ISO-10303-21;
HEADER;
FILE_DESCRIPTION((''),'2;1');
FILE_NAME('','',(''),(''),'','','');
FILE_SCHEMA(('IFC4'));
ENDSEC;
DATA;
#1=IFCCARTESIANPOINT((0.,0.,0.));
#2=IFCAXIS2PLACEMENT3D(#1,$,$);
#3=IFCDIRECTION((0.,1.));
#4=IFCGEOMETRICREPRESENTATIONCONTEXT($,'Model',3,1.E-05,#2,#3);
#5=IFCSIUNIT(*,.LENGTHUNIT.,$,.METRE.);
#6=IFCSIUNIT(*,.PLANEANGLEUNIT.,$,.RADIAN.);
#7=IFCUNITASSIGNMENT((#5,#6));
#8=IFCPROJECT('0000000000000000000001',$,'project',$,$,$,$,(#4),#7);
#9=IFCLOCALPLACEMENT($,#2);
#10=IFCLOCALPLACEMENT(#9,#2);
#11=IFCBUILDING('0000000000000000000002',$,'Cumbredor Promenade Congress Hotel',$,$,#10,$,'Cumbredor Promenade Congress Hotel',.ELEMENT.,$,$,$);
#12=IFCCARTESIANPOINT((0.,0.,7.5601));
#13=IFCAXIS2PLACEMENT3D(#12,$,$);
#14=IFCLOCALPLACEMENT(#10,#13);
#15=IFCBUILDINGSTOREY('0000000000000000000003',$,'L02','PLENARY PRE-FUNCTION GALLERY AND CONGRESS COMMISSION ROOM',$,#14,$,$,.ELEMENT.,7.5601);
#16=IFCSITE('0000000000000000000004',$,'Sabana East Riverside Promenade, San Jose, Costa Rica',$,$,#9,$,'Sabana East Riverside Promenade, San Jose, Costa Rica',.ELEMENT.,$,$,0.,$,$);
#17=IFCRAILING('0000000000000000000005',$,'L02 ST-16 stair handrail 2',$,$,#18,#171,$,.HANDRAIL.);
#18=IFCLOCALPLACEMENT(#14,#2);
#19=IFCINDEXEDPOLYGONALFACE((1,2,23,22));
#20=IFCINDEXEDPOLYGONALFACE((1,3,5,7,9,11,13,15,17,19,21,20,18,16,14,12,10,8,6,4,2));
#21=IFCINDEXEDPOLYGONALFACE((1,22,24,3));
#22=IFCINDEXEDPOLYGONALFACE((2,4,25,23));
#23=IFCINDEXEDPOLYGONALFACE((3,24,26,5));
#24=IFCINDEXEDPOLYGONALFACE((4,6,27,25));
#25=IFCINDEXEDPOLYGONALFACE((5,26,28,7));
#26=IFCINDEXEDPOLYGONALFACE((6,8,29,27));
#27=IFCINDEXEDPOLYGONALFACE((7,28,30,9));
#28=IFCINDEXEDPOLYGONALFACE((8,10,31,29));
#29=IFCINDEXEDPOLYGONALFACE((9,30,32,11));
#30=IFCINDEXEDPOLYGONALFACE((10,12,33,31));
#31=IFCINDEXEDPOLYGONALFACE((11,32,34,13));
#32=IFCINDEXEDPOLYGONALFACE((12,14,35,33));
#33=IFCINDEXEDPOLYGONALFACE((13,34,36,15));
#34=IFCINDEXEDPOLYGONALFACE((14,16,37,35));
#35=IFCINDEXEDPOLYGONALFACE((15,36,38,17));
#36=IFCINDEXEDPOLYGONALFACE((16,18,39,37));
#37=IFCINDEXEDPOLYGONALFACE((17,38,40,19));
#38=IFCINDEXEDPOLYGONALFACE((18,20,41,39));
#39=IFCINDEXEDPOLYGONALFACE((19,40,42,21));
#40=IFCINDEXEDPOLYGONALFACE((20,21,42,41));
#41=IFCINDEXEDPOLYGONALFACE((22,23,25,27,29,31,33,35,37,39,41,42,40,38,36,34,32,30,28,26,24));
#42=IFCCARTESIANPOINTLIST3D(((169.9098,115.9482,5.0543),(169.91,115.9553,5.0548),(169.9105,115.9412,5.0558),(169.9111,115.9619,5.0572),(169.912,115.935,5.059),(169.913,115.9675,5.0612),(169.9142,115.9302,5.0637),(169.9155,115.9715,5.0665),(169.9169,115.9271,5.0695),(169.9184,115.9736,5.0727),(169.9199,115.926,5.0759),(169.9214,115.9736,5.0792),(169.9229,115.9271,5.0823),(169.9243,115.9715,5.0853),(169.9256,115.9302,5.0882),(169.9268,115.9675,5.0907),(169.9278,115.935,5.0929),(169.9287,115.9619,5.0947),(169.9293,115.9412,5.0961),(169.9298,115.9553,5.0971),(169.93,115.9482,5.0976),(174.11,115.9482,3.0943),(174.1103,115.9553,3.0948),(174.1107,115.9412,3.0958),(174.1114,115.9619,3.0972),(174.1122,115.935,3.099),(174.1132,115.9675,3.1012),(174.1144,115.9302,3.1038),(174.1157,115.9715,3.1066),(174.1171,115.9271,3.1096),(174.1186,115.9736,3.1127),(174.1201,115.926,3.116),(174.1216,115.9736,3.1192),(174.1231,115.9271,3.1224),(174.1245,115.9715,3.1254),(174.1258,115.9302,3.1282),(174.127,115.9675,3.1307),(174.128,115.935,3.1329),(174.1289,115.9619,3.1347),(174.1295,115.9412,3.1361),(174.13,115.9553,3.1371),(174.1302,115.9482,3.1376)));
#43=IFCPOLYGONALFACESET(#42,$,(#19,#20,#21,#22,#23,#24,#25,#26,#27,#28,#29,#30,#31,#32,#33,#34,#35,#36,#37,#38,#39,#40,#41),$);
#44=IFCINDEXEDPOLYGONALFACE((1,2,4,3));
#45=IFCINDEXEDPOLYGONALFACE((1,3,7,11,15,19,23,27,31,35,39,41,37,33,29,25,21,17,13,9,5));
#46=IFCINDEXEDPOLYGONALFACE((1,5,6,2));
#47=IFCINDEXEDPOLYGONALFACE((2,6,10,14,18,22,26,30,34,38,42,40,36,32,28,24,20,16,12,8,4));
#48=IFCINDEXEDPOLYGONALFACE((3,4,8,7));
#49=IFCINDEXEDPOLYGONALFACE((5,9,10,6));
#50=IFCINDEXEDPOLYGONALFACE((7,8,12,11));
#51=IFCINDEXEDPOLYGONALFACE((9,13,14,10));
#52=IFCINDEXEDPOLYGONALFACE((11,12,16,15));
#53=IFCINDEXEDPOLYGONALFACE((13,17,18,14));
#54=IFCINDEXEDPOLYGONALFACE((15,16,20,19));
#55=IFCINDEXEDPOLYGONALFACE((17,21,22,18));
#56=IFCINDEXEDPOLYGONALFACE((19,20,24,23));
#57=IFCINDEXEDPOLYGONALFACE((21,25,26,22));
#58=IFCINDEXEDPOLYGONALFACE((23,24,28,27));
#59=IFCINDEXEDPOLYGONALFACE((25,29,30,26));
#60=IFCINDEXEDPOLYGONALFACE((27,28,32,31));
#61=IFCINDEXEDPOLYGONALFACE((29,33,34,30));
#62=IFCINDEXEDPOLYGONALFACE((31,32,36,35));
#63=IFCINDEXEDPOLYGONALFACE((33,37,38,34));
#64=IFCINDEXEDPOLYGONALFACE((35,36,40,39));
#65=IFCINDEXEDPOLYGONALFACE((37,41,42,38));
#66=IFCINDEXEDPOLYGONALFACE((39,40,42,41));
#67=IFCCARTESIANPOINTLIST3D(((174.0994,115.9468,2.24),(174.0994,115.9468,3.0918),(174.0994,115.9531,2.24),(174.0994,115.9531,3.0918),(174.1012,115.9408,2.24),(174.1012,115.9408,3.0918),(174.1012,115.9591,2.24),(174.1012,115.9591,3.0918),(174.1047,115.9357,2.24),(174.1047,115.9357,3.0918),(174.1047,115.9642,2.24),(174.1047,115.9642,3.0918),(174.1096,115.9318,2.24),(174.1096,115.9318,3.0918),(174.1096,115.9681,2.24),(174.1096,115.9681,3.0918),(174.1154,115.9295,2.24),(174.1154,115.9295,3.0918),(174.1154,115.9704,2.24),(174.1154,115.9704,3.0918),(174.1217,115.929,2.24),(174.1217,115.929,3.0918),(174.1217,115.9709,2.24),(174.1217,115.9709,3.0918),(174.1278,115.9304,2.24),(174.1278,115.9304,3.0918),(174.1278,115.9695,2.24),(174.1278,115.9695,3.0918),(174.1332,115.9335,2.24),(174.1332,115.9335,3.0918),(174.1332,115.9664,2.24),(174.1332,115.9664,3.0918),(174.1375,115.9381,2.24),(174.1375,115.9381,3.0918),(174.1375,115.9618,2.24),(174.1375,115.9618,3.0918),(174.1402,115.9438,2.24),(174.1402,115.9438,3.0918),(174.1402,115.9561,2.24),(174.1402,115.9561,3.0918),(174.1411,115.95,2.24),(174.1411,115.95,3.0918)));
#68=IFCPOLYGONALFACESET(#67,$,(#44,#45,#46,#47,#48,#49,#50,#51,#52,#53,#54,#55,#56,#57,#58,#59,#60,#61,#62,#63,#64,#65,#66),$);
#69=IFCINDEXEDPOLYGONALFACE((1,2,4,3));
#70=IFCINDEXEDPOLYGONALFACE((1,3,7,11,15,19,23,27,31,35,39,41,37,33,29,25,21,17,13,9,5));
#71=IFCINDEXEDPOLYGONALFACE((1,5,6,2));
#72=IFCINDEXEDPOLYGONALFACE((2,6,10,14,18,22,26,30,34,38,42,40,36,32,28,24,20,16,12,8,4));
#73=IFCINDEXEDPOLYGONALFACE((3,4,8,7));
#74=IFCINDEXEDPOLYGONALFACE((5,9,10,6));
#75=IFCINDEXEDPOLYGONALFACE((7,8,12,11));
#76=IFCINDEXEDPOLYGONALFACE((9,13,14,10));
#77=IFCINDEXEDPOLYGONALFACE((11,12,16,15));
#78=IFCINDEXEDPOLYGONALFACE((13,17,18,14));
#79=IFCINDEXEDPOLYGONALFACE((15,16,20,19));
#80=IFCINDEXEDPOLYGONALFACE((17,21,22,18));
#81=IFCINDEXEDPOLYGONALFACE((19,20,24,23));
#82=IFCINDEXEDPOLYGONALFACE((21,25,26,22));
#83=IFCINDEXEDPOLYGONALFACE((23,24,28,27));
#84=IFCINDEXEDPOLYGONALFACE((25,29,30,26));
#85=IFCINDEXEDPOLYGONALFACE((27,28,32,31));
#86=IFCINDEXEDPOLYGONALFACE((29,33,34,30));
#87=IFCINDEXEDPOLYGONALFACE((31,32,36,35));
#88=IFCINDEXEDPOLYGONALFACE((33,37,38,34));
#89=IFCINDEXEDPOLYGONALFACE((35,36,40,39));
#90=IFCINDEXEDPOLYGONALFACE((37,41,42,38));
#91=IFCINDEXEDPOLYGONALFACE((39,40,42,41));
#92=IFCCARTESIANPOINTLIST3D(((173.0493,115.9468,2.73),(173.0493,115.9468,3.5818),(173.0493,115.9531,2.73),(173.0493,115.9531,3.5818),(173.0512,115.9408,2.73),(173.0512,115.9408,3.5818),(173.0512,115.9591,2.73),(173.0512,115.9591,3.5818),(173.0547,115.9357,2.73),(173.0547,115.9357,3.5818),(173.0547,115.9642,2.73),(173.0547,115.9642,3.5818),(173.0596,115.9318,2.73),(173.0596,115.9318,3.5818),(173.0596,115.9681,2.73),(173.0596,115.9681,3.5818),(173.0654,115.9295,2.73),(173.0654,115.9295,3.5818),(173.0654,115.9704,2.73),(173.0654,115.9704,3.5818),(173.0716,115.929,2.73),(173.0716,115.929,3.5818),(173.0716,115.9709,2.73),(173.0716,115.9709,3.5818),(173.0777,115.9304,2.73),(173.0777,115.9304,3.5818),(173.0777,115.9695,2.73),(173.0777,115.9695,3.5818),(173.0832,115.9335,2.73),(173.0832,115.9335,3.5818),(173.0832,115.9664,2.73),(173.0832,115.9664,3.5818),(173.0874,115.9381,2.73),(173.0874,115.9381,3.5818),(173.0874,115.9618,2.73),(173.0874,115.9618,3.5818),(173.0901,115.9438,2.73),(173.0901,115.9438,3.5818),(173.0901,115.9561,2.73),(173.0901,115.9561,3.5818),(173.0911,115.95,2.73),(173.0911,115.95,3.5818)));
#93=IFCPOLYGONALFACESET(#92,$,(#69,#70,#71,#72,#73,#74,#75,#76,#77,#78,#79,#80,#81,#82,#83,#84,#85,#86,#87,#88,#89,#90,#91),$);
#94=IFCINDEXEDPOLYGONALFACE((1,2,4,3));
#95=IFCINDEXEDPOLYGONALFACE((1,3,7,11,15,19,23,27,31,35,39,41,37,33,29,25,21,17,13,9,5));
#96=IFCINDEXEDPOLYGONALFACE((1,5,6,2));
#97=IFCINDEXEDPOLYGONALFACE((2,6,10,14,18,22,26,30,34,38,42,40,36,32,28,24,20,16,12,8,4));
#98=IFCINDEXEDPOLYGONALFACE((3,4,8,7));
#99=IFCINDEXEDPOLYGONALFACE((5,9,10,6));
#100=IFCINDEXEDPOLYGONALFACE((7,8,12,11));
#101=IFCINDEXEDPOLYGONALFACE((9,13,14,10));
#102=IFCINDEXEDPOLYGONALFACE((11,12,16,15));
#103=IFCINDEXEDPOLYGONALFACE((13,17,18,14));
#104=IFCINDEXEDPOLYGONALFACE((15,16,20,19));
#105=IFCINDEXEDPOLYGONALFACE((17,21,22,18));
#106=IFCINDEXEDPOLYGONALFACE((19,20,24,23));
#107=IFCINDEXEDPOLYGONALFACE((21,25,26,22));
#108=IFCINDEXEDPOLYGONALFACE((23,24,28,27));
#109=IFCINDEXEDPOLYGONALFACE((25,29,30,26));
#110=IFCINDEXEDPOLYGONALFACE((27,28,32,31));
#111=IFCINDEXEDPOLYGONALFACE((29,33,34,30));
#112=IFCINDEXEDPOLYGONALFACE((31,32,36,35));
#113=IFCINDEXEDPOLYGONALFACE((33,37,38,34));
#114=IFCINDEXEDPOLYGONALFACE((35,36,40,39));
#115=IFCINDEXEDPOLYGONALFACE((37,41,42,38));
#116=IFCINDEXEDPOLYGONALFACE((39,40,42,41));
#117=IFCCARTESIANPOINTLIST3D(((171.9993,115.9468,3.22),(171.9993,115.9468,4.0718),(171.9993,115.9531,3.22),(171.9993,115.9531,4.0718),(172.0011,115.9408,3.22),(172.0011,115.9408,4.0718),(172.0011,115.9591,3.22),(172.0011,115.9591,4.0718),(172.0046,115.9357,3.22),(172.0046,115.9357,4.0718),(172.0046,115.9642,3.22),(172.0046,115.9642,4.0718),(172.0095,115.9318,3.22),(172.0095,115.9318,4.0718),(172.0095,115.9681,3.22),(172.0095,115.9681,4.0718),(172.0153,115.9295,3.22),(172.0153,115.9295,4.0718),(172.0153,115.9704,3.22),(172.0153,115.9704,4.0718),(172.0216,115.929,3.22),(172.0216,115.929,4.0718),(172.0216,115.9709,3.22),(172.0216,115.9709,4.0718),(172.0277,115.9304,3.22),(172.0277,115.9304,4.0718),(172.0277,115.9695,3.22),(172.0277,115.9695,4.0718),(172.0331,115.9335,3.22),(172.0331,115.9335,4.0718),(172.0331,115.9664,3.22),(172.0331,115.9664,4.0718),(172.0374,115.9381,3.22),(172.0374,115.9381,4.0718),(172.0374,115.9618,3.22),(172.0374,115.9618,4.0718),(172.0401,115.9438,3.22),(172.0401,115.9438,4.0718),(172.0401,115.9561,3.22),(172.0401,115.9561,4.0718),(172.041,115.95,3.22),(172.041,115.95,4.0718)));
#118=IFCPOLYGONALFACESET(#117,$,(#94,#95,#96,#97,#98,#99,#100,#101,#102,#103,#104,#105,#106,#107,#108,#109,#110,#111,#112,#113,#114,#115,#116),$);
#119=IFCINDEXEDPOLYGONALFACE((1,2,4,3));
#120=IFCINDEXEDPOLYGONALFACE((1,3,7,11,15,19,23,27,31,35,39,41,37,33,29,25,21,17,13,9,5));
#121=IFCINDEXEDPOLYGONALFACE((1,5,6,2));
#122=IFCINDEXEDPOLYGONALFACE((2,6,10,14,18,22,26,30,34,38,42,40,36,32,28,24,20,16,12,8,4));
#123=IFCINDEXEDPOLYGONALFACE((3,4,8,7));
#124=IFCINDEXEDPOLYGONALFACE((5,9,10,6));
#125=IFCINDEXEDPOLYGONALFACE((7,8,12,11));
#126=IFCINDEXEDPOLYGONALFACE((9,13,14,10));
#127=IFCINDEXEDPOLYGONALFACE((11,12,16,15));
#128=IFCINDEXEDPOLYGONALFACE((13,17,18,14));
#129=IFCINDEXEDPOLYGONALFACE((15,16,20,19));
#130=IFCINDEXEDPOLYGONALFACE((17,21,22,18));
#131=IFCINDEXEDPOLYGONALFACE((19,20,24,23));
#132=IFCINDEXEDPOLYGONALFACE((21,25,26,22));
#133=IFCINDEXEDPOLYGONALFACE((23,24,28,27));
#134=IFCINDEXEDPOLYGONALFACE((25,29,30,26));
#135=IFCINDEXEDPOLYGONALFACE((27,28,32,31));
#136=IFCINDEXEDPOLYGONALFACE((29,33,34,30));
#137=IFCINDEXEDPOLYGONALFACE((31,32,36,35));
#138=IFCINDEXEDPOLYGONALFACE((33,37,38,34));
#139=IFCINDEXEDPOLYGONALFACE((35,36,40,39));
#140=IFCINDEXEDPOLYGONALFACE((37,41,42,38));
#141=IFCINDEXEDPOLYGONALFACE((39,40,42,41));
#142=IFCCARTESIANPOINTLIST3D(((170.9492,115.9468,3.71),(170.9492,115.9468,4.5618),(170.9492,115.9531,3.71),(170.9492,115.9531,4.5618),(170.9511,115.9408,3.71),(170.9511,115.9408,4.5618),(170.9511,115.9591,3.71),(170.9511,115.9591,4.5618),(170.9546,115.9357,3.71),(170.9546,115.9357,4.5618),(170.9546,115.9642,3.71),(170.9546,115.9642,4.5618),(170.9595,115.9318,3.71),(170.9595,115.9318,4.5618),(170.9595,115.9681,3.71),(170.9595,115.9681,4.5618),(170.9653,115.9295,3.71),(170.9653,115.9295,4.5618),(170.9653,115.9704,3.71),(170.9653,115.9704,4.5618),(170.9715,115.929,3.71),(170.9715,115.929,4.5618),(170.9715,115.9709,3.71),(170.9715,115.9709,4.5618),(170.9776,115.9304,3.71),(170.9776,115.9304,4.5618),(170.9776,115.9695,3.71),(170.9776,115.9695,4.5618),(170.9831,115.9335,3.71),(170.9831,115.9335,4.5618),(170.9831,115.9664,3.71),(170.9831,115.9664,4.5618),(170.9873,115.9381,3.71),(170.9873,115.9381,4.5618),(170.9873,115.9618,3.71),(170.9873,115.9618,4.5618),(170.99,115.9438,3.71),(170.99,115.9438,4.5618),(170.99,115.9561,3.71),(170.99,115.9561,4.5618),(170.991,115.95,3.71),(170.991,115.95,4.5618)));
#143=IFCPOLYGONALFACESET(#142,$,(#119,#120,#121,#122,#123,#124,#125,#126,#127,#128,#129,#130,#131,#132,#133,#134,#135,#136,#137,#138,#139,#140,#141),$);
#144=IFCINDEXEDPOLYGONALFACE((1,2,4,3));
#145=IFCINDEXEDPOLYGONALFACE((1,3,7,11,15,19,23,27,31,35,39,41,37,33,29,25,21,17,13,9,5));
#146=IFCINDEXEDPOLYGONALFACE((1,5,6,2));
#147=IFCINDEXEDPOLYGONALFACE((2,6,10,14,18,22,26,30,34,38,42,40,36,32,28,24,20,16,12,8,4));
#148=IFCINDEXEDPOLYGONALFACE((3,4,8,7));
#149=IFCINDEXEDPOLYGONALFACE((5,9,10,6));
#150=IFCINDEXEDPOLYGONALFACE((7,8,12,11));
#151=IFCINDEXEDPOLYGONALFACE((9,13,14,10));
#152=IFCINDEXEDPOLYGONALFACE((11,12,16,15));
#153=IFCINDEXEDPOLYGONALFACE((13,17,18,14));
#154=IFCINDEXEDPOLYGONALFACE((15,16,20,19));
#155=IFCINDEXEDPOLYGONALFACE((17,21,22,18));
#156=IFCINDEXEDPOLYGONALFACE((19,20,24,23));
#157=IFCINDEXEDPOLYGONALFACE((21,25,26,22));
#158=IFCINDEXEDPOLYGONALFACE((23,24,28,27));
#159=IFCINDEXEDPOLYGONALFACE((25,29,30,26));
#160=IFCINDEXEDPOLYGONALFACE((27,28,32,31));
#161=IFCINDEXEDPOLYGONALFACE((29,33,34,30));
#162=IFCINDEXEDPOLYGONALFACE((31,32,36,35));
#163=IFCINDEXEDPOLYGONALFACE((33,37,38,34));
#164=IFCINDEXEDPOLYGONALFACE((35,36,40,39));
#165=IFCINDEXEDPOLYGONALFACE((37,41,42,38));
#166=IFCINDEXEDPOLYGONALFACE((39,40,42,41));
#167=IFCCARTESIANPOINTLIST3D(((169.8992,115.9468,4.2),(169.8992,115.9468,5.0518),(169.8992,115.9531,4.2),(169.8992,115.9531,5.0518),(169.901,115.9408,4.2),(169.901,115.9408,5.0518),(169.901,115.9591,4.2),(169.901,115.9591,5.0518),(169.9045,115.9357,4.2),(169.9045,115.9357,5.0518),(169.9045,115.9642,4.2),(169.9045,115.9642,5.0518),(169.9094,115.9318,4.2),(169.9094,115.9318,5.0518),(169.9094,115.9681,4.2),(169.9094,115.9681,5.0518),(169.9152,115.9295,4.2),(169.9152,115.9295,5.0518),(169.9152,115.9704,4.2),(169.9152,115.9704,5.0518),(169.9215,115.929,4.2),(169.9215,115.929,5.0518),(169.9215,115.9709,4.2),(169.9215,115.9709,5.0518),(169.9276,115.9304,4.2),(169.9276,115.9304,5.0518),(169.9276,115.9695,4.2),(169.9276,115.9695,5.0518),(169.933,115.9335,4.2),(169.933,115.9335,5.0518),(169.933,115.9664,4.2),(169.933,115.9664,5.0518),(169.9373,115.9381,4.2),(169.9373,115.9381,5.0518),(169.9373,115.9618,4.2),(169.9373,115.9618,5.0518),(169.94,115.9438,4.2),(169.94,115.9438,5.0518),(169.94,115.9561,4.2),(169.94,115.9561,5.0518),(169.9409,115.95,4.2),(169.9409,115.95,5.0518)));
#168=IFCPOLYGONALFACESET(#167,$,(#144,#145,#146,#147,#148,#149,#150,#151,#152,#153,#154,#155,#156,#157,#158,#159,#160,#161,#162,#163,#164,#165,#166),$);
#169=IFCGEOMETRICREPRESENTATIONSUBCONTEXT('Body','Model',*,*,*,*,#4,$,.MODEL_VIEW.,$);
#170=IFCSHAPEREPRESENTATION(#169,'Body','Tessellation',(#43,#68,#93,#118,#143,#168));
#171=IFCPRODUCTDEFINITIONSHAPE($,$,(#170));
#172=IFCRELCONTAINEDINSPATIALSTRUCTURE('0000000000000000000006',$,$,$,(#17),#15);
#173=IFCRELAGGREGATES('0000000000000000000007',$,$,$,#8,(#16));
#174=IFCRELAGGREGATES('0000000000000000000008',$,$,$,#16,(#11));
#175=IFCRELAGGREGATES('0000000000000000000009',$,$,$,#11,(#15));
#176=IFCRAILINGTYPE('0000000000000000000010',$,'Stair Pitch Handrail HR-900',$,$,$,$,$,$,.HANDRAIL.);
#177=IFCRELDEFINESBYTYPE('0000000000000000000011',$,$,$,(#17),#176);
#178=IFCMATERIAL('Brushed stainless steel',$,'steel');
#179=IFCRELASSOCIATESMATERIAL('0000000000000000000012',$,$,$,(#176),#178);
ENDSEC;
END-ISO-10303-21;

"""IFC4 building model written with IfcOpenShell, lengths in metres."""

from ifc_helpers import new_model, si_unit, direction, frame, origin, origin_2d, place, context, subcontext, project, spatial, circle, extrude, material, type_object, element, save


model = new_model("IFC4")

# Units and contexts
model_context = context("Model", 3, precision=1e-05, world=origin(), true_north=direction((0.0, 1.0)))
body_context = subcontext(model_context, "Body", "Model", "MODEL_VIEW")
ifc_project = project(units=[si_unit("LENGTHUNIT", "METRE"), si_unit("PLANEANGLEUNIT", "RADIAN")], contexts=[model_context])

# Site, building, storey
site_placement = place(None, origin())
site = spatial("IfcSite", under=ifc_project, at=site_placement, Name="Sabana East Riverside Promenade, San Jose, Costa Rica", LongName="Sabana East Riverside Promenade, San Jose, Costa Rica", CompositionType="ELEMENT", RefElevation=0.0)
building_placement = place(site_placement, origin())
building = spatial("IfcBuilding", under=site, at=building_placement, Name="Cumbredor Promenade Congress Hotel", LongName="Cumbredor Promenade Congress Hotel", CompositionType="ELEMENT")
storey_placement = place(building_placement, frame((0.0, 0.0, 7.5601)))
storey = spatial("IfcBuildingStorey", under=building, at=storey_placement, Name="L02", Description="PLENARY PRE-FUNCTION GALLERY AND CONGRESS COMMISSION ROOM", CompositionType="ELEMENT", Elevation=7.5601)

# Railing
ifc_material_1 = material(Name="Brushed stainless steel", Category="steel")
railing_type_1 = type_object("IfcRailingType", Name="Stair Pitch Handrail HR-900", PredefinedType="HANDRAIL", material=ifc_material_1)
railing_1_placement = place(storey_placement, frame((174.1201, 115.95, 2.24)))
element("IfcRailing", 1, at=railing_1_placement, inside=storey, type_object=railing_type_1, Name="L02 ST-16 stair handrail 2", PredefinedType="HANDRAIL", context=body_context, shape_type="SweptSolid", body=[
    extrude(circle(Radius=0.0239, at=origin_2d()), frame((0.0, 0.0, 0.876), z_axis=(-0.906194, 0.0, 0.422862), x_axis=(0.0, -1.0, 0.0)), (0.0, 0.0, 1.0), 4.635),
    extrude(circle(Radius=0.021, at=origin_2d()), origin(), (0.0, 0.0, 1.0), 0.8518),
    extrude(circle(Radius=0.021, at=origin_2d()), frame((-1.05, 0.0, 0.49)), (0.0, 0.0, 1.0), 0.8518),
    extrude(circle(Radius=0.021, at=origin_2d()), frame((-2.1001, 0.0, 0.98)), (0.0, 0.0, 1.0), 0.8518),
    extrude(circle(Radius=0.021, at=origin_2d()), frame((-3.1501, 0.0, 1.47)), (0.0, 0.0, 1.0), 0.8518),
    extrude(circle(Radius=0.021, at=origin_2d()), frame((-4.2002, 0.0, 1.96)), (0.0, 0.0, 1.0), 0.8518),
])

save(model, "model.ifc")
